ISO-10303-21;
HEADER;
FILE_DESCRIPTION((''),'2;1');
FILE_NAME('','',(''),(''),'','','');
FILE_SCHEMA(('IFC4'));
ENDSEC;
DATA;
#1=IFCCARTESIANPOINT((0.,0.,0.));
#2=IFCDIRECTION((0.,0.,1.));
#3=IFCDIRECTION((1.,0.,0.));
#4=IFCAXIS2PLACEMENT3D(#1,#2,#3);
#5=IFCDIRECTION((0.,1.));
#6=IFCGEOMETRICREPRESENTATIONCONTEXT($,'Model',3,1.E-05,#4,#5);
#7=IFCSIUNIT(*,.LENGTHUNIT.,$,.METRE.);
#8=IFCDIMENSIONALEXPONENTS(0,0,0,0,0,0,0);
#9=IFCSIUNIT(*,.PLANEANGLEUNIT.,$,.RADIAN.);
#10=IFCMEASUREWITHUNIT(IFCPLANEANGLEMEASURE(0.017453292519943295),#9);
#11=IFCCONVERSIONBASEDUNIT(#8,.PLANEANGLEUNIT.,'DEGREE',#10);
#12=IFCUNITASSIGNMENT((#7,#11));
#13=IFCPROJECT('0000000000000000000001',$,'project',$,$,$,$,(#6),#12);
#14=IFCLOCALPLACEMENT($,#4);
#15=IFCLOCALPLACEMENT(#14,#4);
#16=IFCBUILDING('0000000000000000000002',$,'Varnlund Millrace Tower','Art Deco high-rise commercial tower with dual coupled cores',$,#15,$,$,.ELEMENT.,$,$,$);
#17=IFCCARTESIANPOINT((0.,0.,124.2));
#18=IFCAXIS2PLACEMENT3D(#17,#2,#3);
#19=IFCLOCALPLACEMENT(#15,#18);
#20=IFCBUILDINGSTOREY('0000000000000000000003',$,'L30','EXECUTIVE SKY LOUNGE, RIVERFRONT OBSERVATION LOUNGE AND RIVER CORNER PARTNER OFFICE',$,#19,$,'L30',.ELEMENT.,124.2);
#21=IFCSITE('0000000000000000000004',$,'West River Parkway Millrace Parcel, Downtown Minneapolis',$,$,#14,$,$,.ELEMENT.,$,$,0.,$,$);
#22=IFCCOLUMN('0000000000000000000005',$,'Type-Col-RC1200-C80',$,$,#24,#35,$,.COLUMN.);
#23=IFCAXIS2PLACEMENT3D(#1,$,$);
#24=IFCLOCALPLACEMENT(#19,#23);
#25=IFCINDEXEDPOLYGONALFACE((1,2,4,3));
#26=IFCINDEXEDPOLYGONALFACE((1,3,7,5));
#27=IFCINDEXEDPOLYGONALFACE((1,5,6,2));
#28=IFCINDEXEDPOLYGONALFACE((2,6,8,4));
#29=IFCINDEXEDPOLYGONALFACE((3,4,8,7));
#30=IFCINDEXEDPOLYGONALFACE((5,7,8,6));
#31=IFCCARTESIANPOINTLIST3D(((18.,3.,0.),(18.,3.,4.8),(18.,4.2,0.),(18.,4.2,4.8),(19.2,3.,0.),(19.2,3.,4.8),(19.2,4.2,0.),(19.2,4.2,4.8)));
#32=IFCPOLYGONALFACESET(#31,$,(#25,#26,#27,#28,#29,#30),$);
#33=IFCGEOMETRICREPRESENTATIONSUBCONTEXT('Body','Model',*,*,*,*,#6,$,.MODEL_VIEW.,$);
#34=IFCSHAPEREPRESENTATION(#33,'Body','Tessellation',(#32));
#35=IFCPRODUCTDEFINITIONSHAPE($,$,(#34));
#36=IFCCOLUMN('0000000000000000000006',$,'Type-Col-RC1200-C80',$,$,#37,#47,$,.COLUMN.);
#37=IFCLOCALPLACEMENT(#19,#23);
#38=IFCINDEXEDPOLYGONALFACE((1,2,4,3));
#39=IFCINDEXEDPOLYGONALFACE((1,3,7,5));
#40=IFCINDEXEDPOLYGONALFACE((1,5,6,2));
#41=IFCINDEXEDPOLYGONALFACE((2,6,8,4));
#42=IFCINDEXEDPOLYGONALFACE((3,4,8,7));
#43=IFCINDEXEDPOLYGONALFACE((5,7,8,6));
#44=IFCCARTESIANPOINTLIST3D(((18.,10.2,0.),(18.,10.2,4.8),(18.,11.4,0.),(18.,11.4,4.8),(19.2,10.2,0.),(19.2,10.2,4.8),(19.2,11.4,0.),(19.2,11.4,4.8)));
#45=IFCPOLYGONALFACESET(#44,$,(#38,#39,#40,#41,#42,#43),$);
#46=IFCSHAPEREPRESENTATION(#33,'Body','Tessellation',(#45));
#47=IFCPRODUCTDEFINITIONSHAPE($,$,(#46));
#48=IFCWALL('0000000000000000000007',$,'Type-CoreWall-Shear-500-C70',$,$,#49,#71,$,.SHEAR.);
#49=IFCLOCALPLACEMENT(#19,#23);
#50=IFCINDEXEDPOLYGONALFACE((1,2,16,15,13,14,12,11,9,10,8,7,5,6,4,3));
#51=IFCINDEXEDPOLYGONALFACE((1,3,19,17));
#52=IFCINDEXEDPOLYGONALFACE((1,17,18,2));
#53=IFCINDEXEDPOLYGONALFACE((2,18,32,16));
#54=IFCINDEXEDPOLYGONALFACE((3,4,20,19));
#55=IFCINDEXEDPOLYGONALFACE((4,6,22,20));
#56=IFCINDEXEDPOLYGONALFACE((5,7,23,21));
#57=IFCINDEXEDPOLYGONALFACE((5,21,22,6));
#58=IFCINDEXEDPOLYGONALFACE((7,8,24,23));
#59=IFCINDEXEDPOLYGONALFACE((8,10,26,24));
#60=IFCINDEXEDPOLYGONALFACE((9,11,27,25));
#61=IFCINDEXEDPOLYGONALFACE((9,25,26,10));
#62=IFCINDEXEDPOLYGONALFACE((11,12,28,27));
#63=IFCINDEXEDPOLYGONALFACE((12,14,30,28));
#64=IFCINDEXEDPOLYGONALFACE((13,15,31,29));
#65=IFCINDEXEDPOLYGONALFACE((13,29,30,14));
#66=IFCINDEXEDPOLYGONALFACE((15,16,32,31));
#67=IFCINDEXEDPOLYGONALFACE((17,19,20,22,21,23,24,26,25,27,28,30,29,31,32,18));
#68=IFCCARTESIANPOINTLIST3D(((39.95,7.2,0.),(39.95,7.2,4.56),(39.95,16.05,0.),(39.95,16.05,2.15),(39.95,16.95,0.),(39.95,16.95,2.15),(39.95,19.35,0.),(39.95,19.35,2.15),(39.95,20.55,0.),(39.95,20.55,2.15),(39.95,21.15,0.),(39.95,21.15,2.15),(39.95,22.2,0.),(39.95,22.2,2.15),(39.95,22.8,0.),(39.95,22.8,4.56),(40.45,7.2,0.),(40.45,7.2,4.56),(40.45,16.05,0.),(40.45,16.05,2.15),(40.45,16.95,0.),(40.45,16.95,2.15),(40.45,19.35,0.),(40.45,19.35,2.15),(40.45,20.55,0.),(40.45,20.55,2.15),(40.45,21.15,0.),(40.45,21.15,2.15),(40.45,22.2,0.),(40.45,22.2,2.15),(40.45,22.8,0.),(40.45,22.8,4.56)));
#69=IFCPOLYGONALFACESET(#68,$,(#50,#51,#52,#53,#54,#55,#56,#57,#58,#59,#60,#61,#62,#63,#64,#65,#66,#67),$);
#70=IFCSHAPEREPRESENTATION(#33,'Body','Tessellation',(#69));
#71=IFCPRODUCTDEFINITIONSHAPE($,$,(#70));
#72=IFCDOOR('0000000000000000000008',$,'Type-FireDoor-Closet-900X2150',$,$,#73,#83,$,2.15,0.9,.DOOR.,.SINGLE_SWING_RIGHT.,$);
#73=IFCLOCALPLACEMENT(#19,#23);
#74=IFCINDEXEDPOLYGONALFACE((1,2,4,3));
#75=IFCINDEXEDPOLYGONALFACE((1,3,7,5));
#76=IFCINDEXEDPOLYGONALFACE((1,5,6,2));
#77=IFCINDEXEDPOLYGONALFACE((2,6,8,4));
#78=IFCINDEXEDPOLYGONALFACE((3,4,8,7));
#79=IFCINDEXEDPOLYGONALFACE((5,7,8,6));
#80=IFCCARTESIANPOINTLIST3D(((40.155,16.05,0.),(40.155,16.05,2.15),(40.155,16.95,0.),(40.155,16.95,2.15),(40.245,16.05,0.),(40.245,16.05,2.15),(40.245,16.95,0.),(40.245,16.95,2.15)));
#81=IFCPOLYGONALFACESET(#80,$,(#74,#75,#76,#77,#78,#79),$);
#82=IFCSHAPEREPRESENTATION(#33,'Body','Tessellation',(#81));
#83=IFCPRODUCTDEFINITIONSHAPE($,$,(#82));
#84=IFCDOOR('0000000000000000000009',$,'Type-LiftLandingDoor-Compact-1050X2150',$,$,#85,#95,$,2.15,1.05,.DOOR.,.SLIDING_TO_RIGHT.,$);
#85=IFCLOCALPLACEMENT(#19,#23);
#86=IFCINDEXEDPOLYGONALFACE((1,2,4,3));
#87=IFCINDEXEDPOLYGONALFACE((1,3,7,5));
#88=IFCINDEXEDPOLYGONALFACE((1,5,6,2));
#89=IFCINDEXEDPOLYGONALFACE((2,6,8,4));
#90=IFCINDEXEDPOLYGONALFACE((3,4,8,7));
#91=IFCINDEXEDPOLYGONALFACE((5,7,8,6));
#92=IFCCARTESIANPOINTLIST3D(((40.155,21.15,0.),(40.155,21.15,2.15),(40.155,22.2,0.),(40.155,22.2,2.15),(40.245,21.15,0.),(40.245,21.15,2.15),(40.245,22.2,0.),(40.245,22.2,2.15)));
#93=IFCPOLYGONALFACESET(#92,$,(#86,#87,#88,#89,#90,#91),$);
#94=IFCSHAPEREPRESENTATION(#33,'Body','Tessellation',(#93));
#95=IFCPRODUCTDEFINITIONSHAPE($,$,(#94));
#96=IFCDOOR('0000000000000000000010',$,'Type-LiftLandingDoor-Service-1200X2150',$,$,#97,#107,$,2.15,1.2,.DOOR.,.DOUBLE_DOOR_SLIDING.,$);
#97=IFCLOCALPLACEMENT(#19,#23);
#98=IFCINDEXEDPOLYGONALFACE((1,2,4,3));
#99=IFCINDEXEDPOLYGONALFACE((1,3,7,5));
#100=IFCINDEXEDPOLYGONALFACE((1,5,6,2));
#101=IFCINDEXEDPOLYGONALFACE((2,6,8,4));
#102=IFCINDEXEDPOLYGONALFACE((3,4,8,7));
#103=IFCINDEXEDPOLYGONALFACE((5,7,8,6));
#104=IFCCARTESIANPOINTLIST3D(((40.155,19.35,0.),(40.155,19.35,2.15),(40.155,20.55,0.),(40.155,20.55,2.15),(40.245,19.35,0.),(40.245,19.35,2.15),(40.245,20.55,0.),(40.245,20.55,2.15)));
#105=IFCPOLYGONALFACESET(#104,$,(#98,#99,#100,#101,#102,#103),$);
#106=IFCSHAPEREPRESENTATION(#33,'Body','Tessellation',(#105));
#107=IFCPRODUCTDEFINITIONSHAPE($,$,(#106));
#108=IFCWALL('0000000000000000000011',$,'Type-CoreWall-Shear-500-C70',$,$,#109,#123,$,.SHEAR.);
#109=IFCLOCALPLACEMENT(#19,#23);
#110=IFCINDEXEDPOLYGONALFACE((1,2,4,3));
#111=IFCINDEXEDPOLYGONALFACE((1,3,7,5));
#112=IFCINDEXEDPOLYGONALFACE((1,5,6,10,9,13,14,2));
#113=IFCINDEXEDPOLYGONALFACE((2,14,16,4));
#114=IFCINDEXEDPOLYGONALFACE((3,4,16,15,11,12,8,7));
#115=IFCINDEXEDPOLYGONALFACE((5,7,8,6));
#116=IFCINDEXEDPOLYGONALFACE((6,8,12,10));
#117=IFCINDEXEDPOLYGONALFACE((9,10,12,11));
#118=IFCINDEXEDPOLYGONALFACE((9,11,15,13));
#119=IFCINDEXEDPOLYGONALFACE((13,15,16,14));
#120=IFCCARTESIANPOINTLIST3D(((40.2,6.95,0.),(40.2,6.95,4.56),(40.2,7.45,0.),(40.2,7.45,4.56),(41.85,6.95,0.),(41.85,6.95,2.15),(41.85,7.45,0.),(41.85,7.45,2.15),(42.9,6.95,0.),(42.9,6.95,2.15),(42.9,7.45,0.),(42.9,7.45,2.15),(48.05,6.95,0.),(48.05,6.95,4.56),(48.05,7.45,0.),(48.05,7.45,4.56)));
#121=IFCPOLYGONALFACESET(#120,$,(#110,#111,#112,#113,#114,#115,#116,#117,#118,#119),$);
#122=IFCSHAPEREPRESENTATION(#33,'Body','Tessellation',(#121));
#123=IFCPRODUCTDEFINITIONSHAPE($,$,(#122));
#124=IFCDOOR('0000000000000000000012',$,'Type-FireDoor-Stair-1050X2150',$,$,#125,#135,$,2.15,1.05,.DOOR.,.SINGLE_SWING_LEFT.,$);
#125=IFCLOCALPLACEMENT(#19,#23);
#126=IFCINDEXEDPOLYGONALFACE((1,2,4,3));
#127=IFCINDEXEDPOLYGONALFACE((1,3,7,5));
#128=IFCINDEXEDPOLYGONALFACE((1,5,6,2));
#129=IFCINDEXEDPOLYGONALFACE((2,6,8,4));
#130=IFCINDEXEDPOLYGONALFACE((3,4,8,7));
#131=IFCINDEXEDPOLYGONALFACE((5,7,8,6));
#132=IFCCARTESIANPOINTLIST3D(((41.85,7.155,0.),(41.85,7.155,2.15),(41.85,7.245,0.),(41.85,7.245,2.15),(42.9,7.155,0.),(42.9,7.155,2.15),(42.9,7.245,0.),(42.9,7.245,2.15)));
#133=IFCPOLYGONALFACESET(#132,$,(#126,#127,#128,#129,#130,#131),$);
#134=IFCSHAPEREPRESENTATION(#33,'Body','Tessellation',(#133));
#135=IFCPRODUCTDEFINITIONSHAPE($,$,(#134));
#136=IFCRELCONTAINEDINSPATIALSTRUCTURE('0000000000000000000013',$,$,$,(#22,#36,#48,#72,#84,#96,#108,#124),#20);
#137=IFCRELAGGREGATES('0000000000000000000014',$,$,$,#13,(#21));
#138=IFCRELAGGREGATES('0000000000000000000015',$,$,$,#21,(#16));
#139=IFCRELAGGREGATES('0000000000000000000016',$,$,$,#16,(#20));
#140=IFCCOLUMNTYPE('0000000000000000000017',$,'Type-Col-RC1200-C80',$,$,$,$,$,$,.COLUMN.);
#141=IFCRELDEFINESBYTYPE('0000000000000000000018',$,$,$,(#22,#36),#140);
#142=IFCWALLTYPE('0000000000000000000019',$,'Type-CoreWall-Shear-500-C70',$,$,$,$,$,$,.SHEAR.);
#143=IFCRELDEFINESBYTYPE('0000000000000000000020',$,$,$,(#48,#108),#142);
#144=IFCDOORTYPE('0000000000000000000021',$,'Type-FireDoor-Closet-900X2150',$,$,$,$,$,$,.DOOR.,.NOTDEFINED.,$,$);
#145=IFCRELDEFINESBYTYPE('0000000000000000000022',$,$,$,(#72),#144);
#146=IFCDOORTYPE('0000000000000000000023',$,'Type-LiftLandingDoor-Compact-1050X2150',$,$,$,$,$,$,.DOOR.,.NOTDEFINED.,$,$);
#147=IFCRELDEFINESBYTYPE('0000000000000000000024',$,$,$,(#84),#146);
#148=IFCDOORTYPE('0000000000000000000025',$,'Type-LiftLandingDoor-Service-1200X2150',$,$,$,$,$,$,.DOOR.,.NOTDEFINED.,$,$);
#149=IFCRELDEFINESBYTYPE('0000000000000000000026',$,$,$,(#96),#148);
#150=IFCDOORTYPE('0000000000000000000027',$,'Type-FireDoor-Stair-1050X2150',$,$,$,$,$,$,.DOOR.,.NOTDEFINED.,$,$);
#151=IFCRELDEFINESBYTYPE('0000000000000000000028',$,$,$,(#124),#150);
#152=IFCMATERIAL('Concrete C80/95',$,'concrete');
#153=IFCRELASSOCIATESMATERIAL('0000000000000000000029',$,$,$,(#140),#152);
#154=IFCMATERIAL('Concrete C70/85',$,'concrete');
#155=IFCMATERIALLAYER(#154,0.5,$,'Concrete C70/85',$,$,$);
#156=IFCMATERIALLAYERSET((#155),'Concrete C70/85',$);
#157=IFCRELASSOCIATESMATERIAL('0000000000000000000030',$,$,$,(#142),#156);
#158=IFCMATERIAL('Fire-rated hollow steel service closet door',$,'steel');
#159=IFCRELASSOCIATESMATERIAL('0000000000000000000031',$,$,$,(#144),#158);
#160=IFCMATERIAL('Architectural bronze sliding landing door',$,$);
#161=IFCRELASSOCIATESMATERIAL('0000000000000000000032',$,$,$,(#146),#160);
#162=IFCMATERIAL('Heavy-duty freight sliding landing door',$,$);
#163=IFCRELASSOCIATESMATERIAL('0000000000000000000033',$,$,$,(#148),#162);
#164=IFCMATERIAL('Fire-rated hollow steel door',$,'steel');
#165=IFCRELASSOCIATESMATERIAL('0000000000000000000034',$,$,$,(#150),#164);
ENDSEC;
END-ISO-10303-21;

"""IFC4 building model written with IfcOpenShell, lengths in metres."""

from ifc_helpers import new_model, entity, si_unit, converted_unit, direction, frame, origin_with_axes, origin_2d_with_axis, place, context, subcontext, project, spatial, polyline, rectangle, outline, extrude, material, layer, layer_set, material_profile, profile_set, type_object, element, fill, save


model = new_model("IFC4")

# Units and contexts
model_context = context("Model", 3, precision=1e-05, world=origin_with_axes(), true_north=direction((0.0, 1.0)))
body_context = subcontext(model_context, "Body", "Model", "MODEL_VIEW")
ifc_project = project(units=[si_unit("LENGTHUNIT", "METRE"), converted_unit("PLANEANGLEUNIT", "DEGREE", entity("IfcPlaneAngleMeasure", 0.017453292519943295), si_unit("PLANEANGLEUNIT", "RADIAN"), dimensions=[0, 0, 0, 0, 0, 0, 0])], contexts=[model_context])

# Site, building, storey
site_placement = place(None, origin_with_axes())
site = spatial("IfcSite", under=ifc_project, at=site_placement, Name="West River Parkway Millrace Parcel, Downtown Minneapolis", CompositionType="ELEMENT", RefElevation=0.0)
building_placement = place(site_placement, origin_with_axes())
building = spatial("IfcBuilding", under=site, at=building_placement, Name="Varnlund Millrace Tower", Description="Art Deco high-rise commercial tower with dual coupled cores", CompositionType="ELEMENT")
storey_placement = place(building_placement, frame((0.0, 0.0, 124.2), z_axis=(0.0, 0.0, 1.0), x_axis=(1.0, 0.0, 0.0)))
storey = spatial("IfcBuildingStorey", under=building, at=storey_placement, Name="L30", Description="EXECUTIVE SKY LOUNGE, RIVERFRONT OBSERVATION LOUNGE AND RIVER CORNER PARTNER OFFICE", LongName="L30", CompositionType="ELEMENT", Elevation=124.2)

# Columns
ifc_material_1 = material(Name="Concrete C80/95", Category="concrete")
ifc_material_profile = material_profile(ifc_material_1, rectangle(XDim=1.2, YDim=1.2, at=origin_2d_with_axis()), Name="Concrete C80/95")
ifc_profile_set = profile_set([ifc_material_profile], Name="Concrete C80/95")
column_type = type_object("IfcColumnType", Name="Type-Col-RC1200-C80", PredefinedType="COLUMN", material=ifc_profile_set)
for number, where, z_axis, x_axis, name in (
    (1, (18.6, 3.6, 0.0), (0.0, 0.0, 1.0), (1.0, 0.0, 0.0), "Type-Col-RC1200-C80"),
    (2, (18.6, 10.8, 0.0), (0.0, 0.0, 1.0), (1.0, 0.0, 0.0), "Type-Col-RC1200-C80"),
):
    element("IfcColumn", number, at=place(storey_placement, frame(where, z_axis=z_axis, x_axis=x_axis)), inside=storey, type_object=column_type, Name=name, PredefinedType="COLUMN", context=body_context, shape_type="SweptSolid", body=[
        extrude(rectangle(XDim=1.2, YDim=1.2, at=origin_2d_with_axis()), origin_with_axes(), (0.0, 0.0, 1.0), 4.8),
    ])

# Wall, openings, doors
ifc_material_2 = material(Name="Concrete C70/85", Category="concrete")
ifc_layer_1 = layer(ifc_material_2, 0.5, Name="Concrete C70/85")
ifc_layer_set_1 = layer_set([ifc_layer_1], Name="Concrete C70/85")
wall_type_1 = type_object("IfcWallType", Name="Type-CoreWall-Shear-500-C70", PredefinedType="SHEAR", material=ifc_layer_set_1)
wall_1_placement = place(storey_placement, frame((40.2, 7.2, 0.0), z_axis=(0.0, 0.0, 1.0), x_axis=(0.0, 1.0, 0.0)))
wall_1 = element("IfcWall", 3, at=wall_1_placement, inside=storey, type_object=wall_type_1, Name="Type-CoreWall-Shear-500-C70", PredefinedType="SHEAR", context=body_context, shape_type="SweptSolid", body=[
    extrude(outline(polyline([(0.0, -0.25), (15.6, -0.25), (15.6, 0.25), (0.0, 0.25), (0.0, -0.25)])), origin_with_axes(), (0.0, 0.0, 1.0), 4.56),
])
opening_1_placement = place(wall_1_placement, frame((14.475, 0.0, 0.0), z_axis=(0.0, 0.0, 1.0), x_axis=(1.0, 0.0, 0.0)))
opening_1 = element("IfcOpeningElement", 4, at=opening_1_placement, cuts=wall_1, PredefinedType="OPENING", context=body_context, shape_type="SweptSolid", body=[
    extrude(rectangle(XDim=1.05, YDim=0.52, at=origin_2d_with_axis()), origin_with_axes(), (0.0, 0.0, 1.0), 2.15),
])
opening_2_placement = place(wall_1_placement, frame((12.75, 0.0, 0.0), z_axis=(0.0, 0.0, 1.0), x_axis=(1.0, 0.0, 0.0)))
opening_2 = element("IfcOpeningElement", 5, at=opening_2_placement, cuts=wall_1, PredefinedType="OPENING", context=body_context, shape_type="SweptSolid", body=[
    extrude(rectangle(XDim=1.2, YDim=0.52, at=origin_2d_with_axis()), origin_with_axes(), (0.0, 0.0, 1.0), 2.15),
])
opening_3_placement = place(wall_1_placement, frame((9.3, 0.0, 0.0), z_axis=(0.0, 0.0, 1.0), x_axis=(1.0, 0.0, 0.0)))
opening_3 = element("IfcOpeningElement", 6, at=opening_3_placement, cuts=wall_1, PredefinedType="OPENING", context=body_context, shape_type="SweptSolid", body=[
    extrude(rectangle(XDim=0.9, YDim=0.52, at=origin_2d_with_axis()), origin_with_axes(), (0.0, 0.0, 1.0), 2.15),
])
ifc_material_3 = material(Name="Fire-rated hollow steel service closet door", Category="steel")
door_type_1 = type_object("IfcDoorType", Name="Type-FireDoor-Closet-900X2150", OperationType="NOTDEFINED", PredefinedType="DOOR", material=ifc_material_3)
door_1_placement = place(wall_1_placement, frame((9.3, 0.0, 0.0), z_axis=(0.0, 0.0, 1.0), x_axis=(1.0, 0.0, 0.0)))
door_1 = element("IfcDoor", 7, at=door_1_placement, inside=storey, type_object=door_type_1, Name="Type-FireDoor-Closet-900X2150", OperationType="SINGLE_SWING_RIGHT", OverallHeight=2.15, OverallWidth=0.9, PredefinedType="DOOR", context=body_context, shape_type="SweptSolid", body=[
    extrude(rectangle(XDim=0.9, YDim=0.09, at=origin_2d_with_axis()), origin_with_axes(), (0.0, 0.0, 1.0), 2.15),
])
fill(opening_3, door_1)
ifc_material_4 = material(Name="Architectural bronze sliding landing door")
door_type_2 = type_object("IfcDoorType", Name="Type-LiftLandingDoor-Compact-1050X2150", OperationType="NOTDEFINED", PredefinedType="DOOR", material=ifc_material_4)
door_2_placement = place(wall_1_placement, frame((14.475, 0.0, 0.0), z_axis=(0.0, 0.0, 1.0), x_axis=(1.0, 0.0, 0.0)))
door_2 = element("IfcDoor", 8, at=door_2_placement, inside=storey, type_object=door_type_2, Name="Type-LiftLandingDoor-Compact-1050X2150", OperationType="SLIDING_TO_RIGHT", OverallHeight=2.15, OverallWidth=1.05, PredefinedType="DOOR", context=body_context, shape_type="SweptSolid", body=[
    extrude(rectangle(XDim=1.05, YDim=0.09, at=origin_2d_with_axis()), origin_with_axes(), (0.0, 0.0, 1.0), 2.15),
])
fill(opening_1, door_2)
ifc_material_5 = material(Name="Heavy-duty freight sliding landing door")
door_type_3 = type_object("IfcDoorType", Name="Type-LiftLandingDoor-Service-1200X2150", OperationType="NOTDEFINED", PredefinedType="DOOR", material=ifc_material_5)
door_3_placement = place(wall_1_placement, frame((12.75, 0.0, 0.0), z_axis=(0.0, 0.0, 1.0), x_axis=(1.0, 0.0, 0.0)))
door_3 = element("IfcDoor", 9, at=door_3_placement, inside=storey, type_object=door_type_3, Name="Type-LiftLandingDoor-Service-1200X2150", OperationType="DOUBLE_DOOR_SLIDING", OverallHeight=2.15, OverallWidth=1.2, PredefinedType="DOOR", context=body_context, shape_type="SweptSolid", body=[
    extrude(rectangle(XDim=1.2, YDim=0.09, at=origin_2d_with_axis()), origin_with_axes(), (0.0, 0.0, 1.0), 2.15),
])
fill(opening_2, door_3)

# Wall, opening, door
wall_2_placement = place(storey_placement, frame((40.2, 7.2, 0.0), z_axis=(0.0, 0.0, 1.0), x_axis=(1.0, 0.0, 0.0)))
wall_2 = element("IfcWall", 10, at=wall_2_placement, inside=storey, type_object=wall_type_1, Name="Type-CoreWall-Shear-500-C70", PredefinedType="SHEAR", context=body_context, shape_type="SweptSolid", body=[
    extrude(outline(polyline([(0.0, -0.25), (7.85, -0.25), (7.85, 0.25), (0.0, 0.25), (0.0, -0.25)])), origin_with_axes(), (0.0, 0.0, 1.0), 4.56),
])
opening_4_placement = place(wall_2_placement, frame((2.175, 0.0, 0.0), z_axis=(0.0, 0.0, 1.0), x_axis=(1.0, 0.0, 0.0)))
opening_4 = element("IfcOpeningElement", 11, at=opening_4_placement, cuts=wall_2, PredefinedType="OPENING", context=body_context, shape_type="SweptSolid", body=[
    extrude(rectangle(XDim=1.05, YDim=0.52, at=origin_2d_with_axis()), origin_with_axes(), (0.0, 0.0, 1.0), 2.15),
])
ifc_material_6 = material(Name="Fire-rated hollow steel door", Category="steel")
door_type_4 = type_object("IfcDoorType", Name="Type-FireDoor-Stair-1050X2150", OperationType="NOTDEFINED", PredefinedType="DOOR", material=ifc_material_6)
door_4_placement = place(wall_2_placement, frame((2.175, 0.0, 0.0), z_axis=(0.0, 0.0, 1.0), x_axis=(1.0, 0.0, 0.0)))
door_4 = element("IfcDoor", 12, at=door_4_placement, inside=storey, type_object=door_type_4, Name="Type-FireDoor-Stair-1050X2150", OperationType="SINGLE_SWING_LEFT", OverallHeight=2.15, OverallWidth=1.05, PredefinedType="DOOR", context=body_context, shape_type="SweptSolid", body=[
    extrude(rectangle(XDim=1.05, YDim=0.09, at=origin_2d_with_axis()), origin_with_axes(), (0.0, 0.0, 1.0), 2.15),
])
fill(opening_4, door_4)

save(model, "model.ifc")
